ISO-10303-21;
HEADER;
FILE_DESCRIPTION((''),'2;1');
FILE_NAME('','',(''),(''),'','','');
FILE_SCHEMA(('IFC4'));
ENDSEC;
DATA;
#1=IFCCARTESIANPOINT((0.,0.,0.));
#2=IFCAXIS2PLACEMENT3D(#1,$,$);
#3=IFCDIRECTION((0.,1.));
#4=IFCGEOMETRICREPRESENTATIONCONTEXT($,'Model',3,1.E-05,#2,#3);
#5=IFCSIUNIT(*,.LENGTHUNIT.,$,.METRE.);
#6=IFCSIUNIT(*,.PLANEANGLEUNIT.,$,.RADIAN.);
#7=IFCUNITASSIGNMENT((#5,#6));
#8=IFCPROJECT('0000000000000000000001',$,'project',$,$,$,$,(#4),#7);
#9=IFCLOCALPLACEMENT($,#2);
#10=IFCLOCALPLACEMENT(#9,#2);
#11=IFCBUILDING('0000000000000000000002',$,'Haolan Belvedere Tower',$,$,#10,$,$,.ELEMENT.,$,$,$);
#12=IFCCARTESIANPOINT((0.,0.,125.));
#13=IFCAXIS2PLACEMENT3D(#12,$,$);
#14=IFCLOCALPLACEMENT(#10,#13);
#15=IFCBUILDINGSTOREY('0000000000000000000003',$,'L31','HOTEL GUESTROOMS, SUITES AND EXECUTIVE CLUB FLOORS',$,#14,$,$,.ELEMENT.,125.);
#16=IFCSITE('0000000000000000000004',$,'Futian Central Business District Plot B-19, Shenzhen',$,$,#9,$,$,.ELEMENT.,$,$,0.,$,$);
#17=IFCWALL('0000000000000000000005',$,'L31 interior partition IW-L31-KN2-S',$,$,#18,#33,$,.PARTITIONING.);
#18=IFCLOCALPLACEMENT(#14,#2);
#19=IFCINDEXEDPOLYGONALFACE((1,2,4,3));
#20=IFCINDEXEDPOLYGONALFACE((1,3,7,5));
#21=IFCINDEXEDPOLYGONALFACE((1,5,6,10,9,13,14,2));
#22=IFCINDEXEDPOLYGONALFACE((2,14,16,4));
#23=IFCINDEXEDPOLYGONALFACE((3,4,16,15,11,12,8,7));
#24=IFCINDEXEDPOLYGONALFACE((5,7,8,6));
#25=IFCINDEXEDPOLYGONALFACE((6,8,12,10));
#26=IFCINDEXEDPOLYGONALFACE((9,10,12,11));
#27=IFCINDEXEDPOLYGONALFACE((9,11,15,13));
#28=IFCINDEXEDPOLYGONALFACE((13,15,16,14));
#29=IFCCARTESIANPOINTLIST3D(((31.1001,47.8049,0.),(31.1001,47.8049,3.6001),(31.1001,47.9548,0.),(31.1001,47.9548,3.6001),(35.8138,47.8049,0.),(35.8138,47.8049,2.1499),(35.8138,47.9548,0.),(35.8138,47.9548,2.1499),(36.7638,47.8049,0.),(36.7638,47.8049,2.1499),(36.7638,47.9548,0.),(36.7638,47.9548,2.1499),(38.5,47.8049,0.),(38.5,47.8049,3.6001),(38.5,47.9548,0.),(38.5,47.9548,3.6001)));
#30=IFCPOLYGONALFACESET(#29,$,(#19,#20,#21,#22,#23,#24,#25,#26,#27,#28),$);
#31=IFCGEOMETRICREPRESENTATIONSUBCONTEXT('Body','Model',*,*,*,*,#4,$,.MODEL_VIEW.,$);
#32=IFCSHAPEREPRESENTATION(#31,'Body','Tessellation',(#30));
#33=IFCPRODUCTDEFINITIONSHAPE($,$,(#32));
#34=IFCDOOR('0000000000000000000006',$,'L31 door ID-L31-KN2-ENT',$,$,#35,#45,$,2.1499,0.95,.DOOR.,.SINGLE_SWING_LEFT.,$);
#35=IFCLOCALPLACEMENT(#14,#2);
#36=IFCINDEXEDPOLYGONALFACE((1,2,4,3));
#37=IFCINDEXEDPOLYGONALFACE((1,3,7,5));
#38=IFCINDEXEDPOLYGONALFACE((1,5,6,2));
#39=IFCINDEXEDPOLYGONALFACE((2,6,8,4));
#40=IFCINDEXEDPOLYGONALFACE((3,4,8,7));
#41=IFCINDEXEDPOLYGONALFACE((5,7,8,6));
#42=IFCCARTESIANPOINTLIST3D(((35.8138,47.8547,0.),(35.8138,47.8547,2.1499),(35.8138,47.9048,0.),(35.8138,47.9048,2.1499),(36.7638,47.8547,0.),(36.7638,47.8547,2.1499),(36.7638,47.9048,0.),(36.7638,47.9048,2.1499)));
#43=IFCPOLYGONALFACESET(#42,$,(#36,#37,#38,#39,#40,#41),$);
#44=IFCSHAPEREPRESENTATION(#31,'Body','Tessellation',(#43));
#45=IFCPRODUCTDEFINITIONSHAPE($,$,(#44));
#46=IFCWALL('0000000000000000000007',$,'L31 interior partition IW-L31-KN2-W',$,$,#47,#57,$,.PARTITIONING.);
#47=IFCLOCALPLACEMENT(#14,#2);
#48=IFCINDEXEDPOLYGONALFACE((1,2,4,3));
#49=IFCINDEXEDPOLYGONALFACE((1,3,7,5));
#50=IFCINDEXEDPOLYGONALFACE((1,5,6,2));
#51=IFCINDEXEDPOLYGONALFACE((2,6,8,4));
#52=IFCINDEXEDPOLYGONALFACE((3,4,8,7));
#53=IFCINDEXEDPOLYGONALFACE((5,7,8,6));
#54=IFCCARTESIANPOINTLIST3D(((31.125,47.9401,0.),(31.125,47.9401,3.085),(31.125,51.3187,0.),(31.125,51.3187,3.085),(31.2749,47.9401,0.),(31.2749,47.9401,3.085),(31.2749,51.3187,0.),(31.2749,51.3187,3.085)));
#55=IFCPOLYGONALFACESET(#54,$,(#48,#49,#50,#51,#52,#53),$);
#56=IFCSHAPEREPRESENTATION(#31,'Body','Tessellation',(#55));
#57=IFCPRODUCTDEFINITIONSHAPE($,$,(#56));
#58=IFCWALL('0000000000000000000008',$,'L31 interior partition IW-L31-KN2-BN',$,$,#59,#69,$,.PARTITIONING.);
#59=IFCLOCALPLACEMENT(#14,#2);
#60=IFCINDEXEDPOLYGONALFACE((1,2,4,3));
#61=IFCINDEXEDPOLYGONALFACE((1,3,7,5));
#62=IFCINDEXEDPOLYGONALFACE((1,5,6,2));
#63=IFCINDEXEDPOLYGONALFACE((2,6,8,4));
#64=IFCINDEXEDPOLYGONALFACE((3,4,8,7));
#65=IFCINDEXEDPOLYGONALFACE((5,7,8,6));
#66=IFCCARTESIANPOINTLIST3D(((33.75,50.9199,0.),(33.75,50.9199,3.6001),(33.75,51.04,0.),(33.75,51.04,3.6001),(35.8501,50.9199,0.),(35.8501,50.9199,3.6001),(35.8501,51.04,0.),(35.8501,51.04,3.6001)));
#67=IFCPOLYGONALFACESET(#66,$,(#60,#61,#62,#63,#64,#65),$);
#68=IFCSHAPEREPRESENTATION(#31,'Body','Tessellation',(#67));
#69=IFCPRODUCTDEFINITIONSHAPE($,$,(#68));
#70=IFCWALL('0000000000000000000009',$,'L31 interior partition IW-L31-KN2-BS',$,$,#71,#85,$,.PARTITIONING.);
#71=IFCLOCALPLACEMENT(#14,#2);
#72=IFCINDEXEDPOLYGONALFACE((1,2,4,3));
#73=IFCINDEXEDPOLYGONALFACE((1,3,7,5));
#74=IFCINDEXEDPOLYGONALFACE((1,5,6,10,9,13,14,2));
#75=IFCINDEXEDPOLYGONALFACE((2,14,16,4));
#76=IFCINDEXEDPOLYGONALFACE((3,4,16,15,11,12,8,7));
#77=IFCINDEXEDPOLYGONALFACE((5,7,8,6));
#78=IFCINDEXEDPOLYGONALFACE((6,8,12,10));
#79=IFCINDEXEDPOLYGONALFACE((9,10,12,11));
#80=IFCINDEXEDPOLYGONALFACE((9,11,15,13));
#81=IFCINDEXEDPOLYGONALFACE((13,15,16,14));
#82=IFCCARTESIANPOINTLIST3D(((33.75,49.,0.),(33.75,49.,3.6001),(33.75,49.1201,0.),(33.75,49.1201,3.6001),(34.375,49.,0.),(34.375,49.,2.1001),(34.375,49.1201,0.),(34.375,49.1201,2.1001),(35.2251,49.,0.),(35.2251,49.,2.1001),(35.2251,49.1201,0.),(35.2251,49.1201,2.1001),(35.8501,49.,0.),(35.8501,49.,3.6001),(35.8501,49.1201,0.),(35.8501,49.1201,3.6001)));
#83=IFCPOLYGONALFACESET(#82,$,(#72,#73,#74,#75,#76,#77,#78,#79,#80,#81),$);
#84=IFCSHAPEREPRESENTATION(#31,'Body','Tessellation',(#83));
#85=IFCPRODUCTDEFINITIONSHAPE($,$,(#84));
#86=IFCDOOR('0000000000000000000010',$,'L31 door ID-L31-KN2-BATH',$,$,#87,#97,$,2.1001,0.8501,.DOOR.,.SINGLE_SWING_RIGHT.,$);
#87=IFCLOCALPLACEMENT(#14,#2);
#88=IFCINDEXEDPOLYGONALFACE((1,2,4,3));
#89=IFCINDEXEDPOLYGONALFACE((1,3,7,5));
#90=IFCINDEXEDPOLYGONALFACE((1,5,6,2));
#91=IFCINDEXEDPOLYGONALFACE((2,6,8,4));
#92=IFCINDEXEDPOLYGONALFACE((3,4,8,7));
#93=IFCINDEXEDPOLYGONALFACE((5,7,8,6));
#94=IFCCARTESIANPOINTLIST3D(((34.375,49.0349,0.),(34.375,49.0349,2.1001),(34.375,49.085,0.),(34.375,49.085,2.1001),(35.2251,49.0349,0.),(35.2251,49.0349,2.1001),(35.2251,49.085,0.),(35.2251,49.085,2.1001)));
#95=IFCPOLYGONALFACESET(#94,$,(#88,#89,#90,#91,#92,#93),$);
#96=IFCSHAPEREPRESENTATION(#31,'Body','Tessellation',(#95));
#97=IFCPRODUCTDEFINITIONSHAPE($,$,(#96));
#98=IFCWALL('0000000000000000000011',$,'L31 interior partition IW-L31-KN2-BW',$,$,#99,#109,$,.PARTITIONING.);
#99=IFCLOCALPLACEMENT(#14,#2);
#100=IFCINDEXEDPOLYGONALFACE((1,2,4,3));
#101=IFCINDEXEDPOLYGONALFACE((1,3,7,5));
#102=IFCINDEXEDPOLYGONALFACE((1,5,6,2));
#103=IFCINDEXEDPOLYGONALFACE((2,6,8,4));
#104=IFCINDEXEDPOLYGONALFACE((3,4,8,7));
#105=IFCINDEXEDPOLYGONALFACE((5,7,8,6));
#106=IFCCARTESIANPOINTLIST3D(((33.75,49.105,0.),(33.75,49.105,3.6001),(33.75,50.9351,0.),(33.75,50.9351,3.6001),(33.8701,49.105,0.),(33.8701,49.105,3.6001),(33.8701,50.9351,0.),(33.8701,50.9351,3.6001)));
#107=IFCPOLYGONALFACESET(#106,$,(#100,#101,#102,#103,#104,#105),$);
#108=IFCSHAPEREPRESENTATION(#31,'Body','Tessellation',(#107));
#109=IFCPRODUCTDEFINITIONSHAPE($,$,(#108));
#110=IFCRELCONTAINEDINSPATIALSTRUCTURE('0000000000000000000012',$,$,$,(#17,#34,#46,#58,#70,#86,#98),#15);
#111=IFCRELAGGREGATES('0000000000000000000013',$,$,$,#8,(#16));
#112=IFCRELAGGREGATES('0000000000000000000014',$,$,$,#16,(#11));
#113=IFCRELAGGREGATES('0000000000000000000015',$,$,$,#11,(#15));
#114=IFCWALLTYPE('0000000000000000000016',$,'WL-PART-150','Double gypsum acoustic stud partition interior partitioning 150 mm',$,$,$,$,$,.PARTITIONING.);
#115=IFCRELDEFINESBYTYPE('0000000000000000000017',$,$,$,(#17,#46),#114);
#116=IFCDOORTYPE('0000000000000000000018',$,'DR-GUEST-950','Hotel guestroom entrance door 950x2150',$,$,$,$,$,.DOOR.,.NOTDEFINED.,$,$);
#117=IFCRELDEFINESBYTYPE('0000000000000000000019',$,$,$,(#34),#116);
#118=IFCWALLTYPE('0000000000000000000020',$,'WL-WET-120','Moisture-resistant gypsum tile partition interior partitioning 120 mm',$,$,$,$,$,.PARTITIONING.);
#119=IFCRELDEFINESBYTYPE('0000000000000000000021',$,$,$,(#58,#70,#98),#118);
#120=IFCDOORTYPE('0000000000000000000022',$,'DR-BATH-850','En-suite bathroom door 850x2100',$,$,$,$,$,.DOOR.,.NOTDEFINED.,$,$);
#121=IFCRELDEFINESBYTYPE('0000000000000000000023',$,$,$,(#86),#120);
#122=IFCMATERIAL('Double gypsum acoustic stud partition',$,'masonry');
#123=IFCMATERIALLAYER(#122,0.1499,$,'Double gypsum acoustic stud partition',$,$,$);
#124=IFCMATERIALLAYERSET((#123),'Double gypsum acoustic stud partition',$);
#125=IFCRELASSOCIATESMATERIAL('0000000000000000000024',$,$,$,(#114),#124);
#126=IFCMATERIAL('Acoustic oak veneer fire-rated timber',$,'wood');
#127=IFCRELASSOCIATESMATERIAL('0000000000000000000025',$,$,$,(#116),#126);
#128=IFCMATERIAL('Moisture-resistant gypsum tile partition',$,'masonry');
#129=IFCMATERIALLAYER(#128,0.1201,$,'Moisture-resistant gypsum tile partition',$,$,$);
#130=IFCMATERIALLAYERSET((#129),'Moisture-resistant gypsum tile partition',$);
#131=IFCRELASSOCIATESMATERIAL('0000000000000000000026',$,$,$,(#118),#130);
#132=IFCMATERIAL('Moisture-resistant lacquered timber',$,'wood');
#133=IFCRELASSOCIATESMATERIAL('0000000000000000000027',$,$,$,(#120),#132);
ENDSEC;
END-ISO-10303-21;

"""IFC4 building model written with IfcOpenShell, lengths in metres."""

from ifc_helpers import new_model, si_unit, direction, frame, frame_2d, origin, place, context, subcontext, project, spatial, rectangle, extrude, material, layer, layer_set, type_object, element, fill, save


model = new_model("IFC4")

# Units and contexts
model_context = context("Model", 3, precision=1e-05, world=origin(), true_north=direction((0.0, 1.0)))
body_context = subcontext(model_context, "Body", "Model", "MODEL_VIEW")
ifc_project = project(units=[si_unit("LENGTHUNIT", "METRE"), si_unit("PLANEANGLEUNIT", "RADIAN")], contexts=[model_context])

# Site, building, storey
site_placement = place(None, origin())
site = spatial("IfcSite", under=ifc_project, at=site_placement, Name="Futian Central Business District Plot B-19, Shenzhen", CompositionType="ELEMENT", RefElevation=0.0)
building_placement = place(site_placement, origin())
building = spatial("IfcBuilding", under=site, at=building_placement, Name="Haolan Belvedere Tower", CompositionType="ELEMENT")
storey_placement = place(building_placement, frame((0.0, 0.0, 125.0)))
storey = spatial("IfcBuildingStorey", under=building, at=storey_placement, Name="L31", Description="HOTEL GUESTROOMS, SUITES AND EXECUTIVE CLUB FLOORS", CompositionType="ELEMENT", Elevation=125.0)

# Wall, opening, door
ifc_material_1 = material(Name="Double gypsum acoustic stud partition", Category="masonry")
ifc_layer_1 = layer(ifc_material_1, 0.1499, Name="Double gypsum acoustic stud partition")
ifc_layer_set_1 = layer_set([ifc_layer_1], Name="Double gypsum acoustic stud partition")
wall_type_1 = type_object("IfcWallType", Name="WL-PART-150", Description="Double gypsum acoustic stud partition interior partitioning 150 mm", PredefinedType="PARTITIONING", material=ifc_layer_set_1)
wall_1_placement = place(storey_placement, frame((31.1001, 47.8799, 0.0), z_axis=(0.0, 0.0, 1.0), x_axis=(1.0, 0.0, 0.0)))
wall_1 = element("IfcWall", 1, at=wall_1_placement, inside=storey, type_object=wall_type_1, Name="L31 interior partition IW-L31-KN2-S", PredefinedType="PARTITIONING", context=body_context, shape_type="SweptSolid", body=[
    extrude(rectangle(XDim=7.3999, YDim=0.1499, at=frame_2d((3.7, 0.0))), origin(), (0.0, 0.0, 1.0), 3.6001),
])
opening_1_placement = place(wall_1_placement, frame((4.7136, 0.0, 0.0)))
opening_1 = element("IfcOpeningElement", 2, at=opening_1_placement, cuts=wall_1, PredefinedType="OPENING", context=body_context, shape_type="SweptSolid", body=[
    extrude(rectangle(XDim=0.95, YDim=2.1499, at=frame_2d((0.4751, 1.075))), frame((0.0, 0.085, 0.0), z_axis=(0.0, -1.0, 0.0), x_axis=(1.0, 0.0, 0.0)), (0.0, 0.0, 1.0), 0.1699),
])
ifc_material_2 = material(Name="Acoustic oak veneer fire-rated timber", Category="wood")
door_type_1 = type_object("IfcDoorType", Name="DR-GUEST-950", Description="Hotel guestroom entrance door 950x2150", OperationType="NOTDEFINED", PredefinedType="DOOR", material=ifc_material_2)
door_1_placement = place(opening_1_placement, origin())
door_1 = element("IfcDoor", 3, at=door_1_placement, inside=storey, type_object=door_type_1, Name="L31 door ID-L31-KN2-ENT", OperationType="SINGLE_SWING_LEFT", OverallHeight=2.1499, OverallWidth=0.95, PredefinedType="DOOR", context=body_context, shape_type="SweptSolid", body=[
    extrude(rectangle(XDim=0.95, YDim=2.1499, at=frame_2d((0.4751, 1.075))), frame((0.0, 0.0249, 0.0), z_axis=(0.0, -1.0, 0.0), x_axis=(1.0, 0.0, 0.0)), (0.0, 0.0, 1.0), 0.05),
])
fill(opening_1, door_1)

# Walls
wall_2_placement = place(storey_placement, frame((31.2, 47.9399, 0.0), z_axis=(0.0, 0.0, 1.0), x_axis=(0.0, 1.0, 0.0)))
element("IfcWall", 4, at=wall_2_placement, inside=storey, type_object=wall_type_1, Name="L31 interior partition IW-L31-KN2-W", PredefinedType="PARTITIONING", context=body_context, shape_type="SweptSolid", body=[
    extrude(rectangle(XDim=3.3787, YDim=0.1499, at=frame_2d((1.6895, 0.0))), origin(), (0.0, 0.0, 1.0), 3.085),
])
ifc_material_3 = material(Name="Moisture-resistant gypsum tile partition", Category="masonry")
ifc_layer_2 = layer(ifc_material_3, 0.1201, Name="Moisture-resistant gypsum tile partition")
ifc_layer_set_2 = layer_set([ifc_layer_2], Name="Moisture-resistant gypsum tile partition")
wall_type_2 = type_object("IfcWallType", Name="WL-WET-120", Description="Moisture-resistant gypsum tile partition interior partitioning 120 mm", PredefinedType="PARTITIONING", material=ifc_layer_set_2)
wall_3_placement = place(storey_placement, frame((33.75, 50.98, 0.0), z_axis=(0.0, 0.0, 1.0), x_axis=(1.0, 0.0, 0.0)))
element("IfcWall", 5, at=wall_3_placement, inside=storey, type_object=wall_type_2, Name="L31 interior partition IW-L31-KN2-BN", PredefinedType="PARTITIONING", context=body_context, shape_type="SweptSolid", body=[
    extrude(rectangle(XDim=2.1001, YDim=0.1201, at=frame_2d((1.05, 0.0))), origin(), (0.0, 0.0, 1.0), 3.6001),
])

# Wall, opening, door
wall_4_placement = place(storey_placement, frame((33.75, 49.0601, 0.0), z_axis=(0.0, 0.0, 1.0), x_axis=(1.0, 0.0, 0.0)))
wall_4 = element("IfcWall", 6, at=wall_4_placement, inside=storey, type_object=wall_type_2, Name="L31 interior partition IW-L31-KN2-BS", PredefinedType="PARTITIONING", context=body_context, shape_type="SweptSolid", body=[
    extrude(rectangle(XDim=2.1001, YDim=0.1201, at=frame_2d((1.05, 0.0))), origin(), (0.0, 0.0, 1.0), 3.6001),
])
opening_2_placement = place(wall_4_placement, frame((0.625, 0.0, 0.0)))
opening_2 = element("IfcOpeningElement", 7, at=opening_2_placement, cuts=wall_4, PredefinedType="OPENING", context=body_context, shape_type="SweptSolid", body=[
    extrude(rectangle(XDim=0.8501, YDim=2.1001, at=frame_2d((0.425, 1.05))), frame((0.0, 0.0701, 0.0), z_axis=(0.0, -1.0, 0.0), x_axis=(1.0, 0.0, 0.0)), (0.0, 0.0, 1.0), 0.1401),
])
ifc_material_4 = material(Name="Moisture-resistant lacquered timber", Category="wood")
door_type_2 = type_object("IfcDoorType", Name="DR-BATH-850", Description="En-suite bathroom door 850x2100", OperationType="NOTDEFINED", PredefinedType="DOOR", material=ifc_material_4)
door_2_placement = place(opening_2_placement, origin())
door_2 = element("IfcDoor", 8, at=door_2_placement, inside=storey, type_object=door_type_2, Name="L31 door ID-L31-KN2-BATH", OperationType="SINGLE_SWING_RIGHT", OverallHeight=2.1001, OverallWidth=0.8501, PredefinedType="DOOR", context=body_context, shape_type="SweptSolid", body=[
    extrude(rectangle(XDim=0.8501, YDim=2.1001, at=frame_2d((0.425, 1.05))), frame((0.0, 0.0249, 0.0), z_axis=(0.0, -1.0, 0.0), x_axis=(1.0, 0.0, 0.0)), (0.0, 0.0, 1.0), 0.05),
])
fill(opening_2, door_2)

# Wall
wall_5_placement = place(storey_placement, frame((33.8101, 49.105, 0.0), z_axis=(0.0, 0.0, 1.0), x_axis=(0.0, 1.0, 0.0)))
element("IfcWall", 9, at=wall_5_placement, inside=storey, type_object=wall_type_2, Name="L31 interior partition IW-L31-KN2-BW", PredefinedType="PARTITIONING", context=body_context, shape_type="SweptSolid", body=[
    extrude(rectangle(XDim=1.8301, YDim=0.1201, at=frame_2d((0.915, 0.0))), origin(), (0.0, 0.0, 1.0), 3.6001),
])

save(model, "model.ifc")
